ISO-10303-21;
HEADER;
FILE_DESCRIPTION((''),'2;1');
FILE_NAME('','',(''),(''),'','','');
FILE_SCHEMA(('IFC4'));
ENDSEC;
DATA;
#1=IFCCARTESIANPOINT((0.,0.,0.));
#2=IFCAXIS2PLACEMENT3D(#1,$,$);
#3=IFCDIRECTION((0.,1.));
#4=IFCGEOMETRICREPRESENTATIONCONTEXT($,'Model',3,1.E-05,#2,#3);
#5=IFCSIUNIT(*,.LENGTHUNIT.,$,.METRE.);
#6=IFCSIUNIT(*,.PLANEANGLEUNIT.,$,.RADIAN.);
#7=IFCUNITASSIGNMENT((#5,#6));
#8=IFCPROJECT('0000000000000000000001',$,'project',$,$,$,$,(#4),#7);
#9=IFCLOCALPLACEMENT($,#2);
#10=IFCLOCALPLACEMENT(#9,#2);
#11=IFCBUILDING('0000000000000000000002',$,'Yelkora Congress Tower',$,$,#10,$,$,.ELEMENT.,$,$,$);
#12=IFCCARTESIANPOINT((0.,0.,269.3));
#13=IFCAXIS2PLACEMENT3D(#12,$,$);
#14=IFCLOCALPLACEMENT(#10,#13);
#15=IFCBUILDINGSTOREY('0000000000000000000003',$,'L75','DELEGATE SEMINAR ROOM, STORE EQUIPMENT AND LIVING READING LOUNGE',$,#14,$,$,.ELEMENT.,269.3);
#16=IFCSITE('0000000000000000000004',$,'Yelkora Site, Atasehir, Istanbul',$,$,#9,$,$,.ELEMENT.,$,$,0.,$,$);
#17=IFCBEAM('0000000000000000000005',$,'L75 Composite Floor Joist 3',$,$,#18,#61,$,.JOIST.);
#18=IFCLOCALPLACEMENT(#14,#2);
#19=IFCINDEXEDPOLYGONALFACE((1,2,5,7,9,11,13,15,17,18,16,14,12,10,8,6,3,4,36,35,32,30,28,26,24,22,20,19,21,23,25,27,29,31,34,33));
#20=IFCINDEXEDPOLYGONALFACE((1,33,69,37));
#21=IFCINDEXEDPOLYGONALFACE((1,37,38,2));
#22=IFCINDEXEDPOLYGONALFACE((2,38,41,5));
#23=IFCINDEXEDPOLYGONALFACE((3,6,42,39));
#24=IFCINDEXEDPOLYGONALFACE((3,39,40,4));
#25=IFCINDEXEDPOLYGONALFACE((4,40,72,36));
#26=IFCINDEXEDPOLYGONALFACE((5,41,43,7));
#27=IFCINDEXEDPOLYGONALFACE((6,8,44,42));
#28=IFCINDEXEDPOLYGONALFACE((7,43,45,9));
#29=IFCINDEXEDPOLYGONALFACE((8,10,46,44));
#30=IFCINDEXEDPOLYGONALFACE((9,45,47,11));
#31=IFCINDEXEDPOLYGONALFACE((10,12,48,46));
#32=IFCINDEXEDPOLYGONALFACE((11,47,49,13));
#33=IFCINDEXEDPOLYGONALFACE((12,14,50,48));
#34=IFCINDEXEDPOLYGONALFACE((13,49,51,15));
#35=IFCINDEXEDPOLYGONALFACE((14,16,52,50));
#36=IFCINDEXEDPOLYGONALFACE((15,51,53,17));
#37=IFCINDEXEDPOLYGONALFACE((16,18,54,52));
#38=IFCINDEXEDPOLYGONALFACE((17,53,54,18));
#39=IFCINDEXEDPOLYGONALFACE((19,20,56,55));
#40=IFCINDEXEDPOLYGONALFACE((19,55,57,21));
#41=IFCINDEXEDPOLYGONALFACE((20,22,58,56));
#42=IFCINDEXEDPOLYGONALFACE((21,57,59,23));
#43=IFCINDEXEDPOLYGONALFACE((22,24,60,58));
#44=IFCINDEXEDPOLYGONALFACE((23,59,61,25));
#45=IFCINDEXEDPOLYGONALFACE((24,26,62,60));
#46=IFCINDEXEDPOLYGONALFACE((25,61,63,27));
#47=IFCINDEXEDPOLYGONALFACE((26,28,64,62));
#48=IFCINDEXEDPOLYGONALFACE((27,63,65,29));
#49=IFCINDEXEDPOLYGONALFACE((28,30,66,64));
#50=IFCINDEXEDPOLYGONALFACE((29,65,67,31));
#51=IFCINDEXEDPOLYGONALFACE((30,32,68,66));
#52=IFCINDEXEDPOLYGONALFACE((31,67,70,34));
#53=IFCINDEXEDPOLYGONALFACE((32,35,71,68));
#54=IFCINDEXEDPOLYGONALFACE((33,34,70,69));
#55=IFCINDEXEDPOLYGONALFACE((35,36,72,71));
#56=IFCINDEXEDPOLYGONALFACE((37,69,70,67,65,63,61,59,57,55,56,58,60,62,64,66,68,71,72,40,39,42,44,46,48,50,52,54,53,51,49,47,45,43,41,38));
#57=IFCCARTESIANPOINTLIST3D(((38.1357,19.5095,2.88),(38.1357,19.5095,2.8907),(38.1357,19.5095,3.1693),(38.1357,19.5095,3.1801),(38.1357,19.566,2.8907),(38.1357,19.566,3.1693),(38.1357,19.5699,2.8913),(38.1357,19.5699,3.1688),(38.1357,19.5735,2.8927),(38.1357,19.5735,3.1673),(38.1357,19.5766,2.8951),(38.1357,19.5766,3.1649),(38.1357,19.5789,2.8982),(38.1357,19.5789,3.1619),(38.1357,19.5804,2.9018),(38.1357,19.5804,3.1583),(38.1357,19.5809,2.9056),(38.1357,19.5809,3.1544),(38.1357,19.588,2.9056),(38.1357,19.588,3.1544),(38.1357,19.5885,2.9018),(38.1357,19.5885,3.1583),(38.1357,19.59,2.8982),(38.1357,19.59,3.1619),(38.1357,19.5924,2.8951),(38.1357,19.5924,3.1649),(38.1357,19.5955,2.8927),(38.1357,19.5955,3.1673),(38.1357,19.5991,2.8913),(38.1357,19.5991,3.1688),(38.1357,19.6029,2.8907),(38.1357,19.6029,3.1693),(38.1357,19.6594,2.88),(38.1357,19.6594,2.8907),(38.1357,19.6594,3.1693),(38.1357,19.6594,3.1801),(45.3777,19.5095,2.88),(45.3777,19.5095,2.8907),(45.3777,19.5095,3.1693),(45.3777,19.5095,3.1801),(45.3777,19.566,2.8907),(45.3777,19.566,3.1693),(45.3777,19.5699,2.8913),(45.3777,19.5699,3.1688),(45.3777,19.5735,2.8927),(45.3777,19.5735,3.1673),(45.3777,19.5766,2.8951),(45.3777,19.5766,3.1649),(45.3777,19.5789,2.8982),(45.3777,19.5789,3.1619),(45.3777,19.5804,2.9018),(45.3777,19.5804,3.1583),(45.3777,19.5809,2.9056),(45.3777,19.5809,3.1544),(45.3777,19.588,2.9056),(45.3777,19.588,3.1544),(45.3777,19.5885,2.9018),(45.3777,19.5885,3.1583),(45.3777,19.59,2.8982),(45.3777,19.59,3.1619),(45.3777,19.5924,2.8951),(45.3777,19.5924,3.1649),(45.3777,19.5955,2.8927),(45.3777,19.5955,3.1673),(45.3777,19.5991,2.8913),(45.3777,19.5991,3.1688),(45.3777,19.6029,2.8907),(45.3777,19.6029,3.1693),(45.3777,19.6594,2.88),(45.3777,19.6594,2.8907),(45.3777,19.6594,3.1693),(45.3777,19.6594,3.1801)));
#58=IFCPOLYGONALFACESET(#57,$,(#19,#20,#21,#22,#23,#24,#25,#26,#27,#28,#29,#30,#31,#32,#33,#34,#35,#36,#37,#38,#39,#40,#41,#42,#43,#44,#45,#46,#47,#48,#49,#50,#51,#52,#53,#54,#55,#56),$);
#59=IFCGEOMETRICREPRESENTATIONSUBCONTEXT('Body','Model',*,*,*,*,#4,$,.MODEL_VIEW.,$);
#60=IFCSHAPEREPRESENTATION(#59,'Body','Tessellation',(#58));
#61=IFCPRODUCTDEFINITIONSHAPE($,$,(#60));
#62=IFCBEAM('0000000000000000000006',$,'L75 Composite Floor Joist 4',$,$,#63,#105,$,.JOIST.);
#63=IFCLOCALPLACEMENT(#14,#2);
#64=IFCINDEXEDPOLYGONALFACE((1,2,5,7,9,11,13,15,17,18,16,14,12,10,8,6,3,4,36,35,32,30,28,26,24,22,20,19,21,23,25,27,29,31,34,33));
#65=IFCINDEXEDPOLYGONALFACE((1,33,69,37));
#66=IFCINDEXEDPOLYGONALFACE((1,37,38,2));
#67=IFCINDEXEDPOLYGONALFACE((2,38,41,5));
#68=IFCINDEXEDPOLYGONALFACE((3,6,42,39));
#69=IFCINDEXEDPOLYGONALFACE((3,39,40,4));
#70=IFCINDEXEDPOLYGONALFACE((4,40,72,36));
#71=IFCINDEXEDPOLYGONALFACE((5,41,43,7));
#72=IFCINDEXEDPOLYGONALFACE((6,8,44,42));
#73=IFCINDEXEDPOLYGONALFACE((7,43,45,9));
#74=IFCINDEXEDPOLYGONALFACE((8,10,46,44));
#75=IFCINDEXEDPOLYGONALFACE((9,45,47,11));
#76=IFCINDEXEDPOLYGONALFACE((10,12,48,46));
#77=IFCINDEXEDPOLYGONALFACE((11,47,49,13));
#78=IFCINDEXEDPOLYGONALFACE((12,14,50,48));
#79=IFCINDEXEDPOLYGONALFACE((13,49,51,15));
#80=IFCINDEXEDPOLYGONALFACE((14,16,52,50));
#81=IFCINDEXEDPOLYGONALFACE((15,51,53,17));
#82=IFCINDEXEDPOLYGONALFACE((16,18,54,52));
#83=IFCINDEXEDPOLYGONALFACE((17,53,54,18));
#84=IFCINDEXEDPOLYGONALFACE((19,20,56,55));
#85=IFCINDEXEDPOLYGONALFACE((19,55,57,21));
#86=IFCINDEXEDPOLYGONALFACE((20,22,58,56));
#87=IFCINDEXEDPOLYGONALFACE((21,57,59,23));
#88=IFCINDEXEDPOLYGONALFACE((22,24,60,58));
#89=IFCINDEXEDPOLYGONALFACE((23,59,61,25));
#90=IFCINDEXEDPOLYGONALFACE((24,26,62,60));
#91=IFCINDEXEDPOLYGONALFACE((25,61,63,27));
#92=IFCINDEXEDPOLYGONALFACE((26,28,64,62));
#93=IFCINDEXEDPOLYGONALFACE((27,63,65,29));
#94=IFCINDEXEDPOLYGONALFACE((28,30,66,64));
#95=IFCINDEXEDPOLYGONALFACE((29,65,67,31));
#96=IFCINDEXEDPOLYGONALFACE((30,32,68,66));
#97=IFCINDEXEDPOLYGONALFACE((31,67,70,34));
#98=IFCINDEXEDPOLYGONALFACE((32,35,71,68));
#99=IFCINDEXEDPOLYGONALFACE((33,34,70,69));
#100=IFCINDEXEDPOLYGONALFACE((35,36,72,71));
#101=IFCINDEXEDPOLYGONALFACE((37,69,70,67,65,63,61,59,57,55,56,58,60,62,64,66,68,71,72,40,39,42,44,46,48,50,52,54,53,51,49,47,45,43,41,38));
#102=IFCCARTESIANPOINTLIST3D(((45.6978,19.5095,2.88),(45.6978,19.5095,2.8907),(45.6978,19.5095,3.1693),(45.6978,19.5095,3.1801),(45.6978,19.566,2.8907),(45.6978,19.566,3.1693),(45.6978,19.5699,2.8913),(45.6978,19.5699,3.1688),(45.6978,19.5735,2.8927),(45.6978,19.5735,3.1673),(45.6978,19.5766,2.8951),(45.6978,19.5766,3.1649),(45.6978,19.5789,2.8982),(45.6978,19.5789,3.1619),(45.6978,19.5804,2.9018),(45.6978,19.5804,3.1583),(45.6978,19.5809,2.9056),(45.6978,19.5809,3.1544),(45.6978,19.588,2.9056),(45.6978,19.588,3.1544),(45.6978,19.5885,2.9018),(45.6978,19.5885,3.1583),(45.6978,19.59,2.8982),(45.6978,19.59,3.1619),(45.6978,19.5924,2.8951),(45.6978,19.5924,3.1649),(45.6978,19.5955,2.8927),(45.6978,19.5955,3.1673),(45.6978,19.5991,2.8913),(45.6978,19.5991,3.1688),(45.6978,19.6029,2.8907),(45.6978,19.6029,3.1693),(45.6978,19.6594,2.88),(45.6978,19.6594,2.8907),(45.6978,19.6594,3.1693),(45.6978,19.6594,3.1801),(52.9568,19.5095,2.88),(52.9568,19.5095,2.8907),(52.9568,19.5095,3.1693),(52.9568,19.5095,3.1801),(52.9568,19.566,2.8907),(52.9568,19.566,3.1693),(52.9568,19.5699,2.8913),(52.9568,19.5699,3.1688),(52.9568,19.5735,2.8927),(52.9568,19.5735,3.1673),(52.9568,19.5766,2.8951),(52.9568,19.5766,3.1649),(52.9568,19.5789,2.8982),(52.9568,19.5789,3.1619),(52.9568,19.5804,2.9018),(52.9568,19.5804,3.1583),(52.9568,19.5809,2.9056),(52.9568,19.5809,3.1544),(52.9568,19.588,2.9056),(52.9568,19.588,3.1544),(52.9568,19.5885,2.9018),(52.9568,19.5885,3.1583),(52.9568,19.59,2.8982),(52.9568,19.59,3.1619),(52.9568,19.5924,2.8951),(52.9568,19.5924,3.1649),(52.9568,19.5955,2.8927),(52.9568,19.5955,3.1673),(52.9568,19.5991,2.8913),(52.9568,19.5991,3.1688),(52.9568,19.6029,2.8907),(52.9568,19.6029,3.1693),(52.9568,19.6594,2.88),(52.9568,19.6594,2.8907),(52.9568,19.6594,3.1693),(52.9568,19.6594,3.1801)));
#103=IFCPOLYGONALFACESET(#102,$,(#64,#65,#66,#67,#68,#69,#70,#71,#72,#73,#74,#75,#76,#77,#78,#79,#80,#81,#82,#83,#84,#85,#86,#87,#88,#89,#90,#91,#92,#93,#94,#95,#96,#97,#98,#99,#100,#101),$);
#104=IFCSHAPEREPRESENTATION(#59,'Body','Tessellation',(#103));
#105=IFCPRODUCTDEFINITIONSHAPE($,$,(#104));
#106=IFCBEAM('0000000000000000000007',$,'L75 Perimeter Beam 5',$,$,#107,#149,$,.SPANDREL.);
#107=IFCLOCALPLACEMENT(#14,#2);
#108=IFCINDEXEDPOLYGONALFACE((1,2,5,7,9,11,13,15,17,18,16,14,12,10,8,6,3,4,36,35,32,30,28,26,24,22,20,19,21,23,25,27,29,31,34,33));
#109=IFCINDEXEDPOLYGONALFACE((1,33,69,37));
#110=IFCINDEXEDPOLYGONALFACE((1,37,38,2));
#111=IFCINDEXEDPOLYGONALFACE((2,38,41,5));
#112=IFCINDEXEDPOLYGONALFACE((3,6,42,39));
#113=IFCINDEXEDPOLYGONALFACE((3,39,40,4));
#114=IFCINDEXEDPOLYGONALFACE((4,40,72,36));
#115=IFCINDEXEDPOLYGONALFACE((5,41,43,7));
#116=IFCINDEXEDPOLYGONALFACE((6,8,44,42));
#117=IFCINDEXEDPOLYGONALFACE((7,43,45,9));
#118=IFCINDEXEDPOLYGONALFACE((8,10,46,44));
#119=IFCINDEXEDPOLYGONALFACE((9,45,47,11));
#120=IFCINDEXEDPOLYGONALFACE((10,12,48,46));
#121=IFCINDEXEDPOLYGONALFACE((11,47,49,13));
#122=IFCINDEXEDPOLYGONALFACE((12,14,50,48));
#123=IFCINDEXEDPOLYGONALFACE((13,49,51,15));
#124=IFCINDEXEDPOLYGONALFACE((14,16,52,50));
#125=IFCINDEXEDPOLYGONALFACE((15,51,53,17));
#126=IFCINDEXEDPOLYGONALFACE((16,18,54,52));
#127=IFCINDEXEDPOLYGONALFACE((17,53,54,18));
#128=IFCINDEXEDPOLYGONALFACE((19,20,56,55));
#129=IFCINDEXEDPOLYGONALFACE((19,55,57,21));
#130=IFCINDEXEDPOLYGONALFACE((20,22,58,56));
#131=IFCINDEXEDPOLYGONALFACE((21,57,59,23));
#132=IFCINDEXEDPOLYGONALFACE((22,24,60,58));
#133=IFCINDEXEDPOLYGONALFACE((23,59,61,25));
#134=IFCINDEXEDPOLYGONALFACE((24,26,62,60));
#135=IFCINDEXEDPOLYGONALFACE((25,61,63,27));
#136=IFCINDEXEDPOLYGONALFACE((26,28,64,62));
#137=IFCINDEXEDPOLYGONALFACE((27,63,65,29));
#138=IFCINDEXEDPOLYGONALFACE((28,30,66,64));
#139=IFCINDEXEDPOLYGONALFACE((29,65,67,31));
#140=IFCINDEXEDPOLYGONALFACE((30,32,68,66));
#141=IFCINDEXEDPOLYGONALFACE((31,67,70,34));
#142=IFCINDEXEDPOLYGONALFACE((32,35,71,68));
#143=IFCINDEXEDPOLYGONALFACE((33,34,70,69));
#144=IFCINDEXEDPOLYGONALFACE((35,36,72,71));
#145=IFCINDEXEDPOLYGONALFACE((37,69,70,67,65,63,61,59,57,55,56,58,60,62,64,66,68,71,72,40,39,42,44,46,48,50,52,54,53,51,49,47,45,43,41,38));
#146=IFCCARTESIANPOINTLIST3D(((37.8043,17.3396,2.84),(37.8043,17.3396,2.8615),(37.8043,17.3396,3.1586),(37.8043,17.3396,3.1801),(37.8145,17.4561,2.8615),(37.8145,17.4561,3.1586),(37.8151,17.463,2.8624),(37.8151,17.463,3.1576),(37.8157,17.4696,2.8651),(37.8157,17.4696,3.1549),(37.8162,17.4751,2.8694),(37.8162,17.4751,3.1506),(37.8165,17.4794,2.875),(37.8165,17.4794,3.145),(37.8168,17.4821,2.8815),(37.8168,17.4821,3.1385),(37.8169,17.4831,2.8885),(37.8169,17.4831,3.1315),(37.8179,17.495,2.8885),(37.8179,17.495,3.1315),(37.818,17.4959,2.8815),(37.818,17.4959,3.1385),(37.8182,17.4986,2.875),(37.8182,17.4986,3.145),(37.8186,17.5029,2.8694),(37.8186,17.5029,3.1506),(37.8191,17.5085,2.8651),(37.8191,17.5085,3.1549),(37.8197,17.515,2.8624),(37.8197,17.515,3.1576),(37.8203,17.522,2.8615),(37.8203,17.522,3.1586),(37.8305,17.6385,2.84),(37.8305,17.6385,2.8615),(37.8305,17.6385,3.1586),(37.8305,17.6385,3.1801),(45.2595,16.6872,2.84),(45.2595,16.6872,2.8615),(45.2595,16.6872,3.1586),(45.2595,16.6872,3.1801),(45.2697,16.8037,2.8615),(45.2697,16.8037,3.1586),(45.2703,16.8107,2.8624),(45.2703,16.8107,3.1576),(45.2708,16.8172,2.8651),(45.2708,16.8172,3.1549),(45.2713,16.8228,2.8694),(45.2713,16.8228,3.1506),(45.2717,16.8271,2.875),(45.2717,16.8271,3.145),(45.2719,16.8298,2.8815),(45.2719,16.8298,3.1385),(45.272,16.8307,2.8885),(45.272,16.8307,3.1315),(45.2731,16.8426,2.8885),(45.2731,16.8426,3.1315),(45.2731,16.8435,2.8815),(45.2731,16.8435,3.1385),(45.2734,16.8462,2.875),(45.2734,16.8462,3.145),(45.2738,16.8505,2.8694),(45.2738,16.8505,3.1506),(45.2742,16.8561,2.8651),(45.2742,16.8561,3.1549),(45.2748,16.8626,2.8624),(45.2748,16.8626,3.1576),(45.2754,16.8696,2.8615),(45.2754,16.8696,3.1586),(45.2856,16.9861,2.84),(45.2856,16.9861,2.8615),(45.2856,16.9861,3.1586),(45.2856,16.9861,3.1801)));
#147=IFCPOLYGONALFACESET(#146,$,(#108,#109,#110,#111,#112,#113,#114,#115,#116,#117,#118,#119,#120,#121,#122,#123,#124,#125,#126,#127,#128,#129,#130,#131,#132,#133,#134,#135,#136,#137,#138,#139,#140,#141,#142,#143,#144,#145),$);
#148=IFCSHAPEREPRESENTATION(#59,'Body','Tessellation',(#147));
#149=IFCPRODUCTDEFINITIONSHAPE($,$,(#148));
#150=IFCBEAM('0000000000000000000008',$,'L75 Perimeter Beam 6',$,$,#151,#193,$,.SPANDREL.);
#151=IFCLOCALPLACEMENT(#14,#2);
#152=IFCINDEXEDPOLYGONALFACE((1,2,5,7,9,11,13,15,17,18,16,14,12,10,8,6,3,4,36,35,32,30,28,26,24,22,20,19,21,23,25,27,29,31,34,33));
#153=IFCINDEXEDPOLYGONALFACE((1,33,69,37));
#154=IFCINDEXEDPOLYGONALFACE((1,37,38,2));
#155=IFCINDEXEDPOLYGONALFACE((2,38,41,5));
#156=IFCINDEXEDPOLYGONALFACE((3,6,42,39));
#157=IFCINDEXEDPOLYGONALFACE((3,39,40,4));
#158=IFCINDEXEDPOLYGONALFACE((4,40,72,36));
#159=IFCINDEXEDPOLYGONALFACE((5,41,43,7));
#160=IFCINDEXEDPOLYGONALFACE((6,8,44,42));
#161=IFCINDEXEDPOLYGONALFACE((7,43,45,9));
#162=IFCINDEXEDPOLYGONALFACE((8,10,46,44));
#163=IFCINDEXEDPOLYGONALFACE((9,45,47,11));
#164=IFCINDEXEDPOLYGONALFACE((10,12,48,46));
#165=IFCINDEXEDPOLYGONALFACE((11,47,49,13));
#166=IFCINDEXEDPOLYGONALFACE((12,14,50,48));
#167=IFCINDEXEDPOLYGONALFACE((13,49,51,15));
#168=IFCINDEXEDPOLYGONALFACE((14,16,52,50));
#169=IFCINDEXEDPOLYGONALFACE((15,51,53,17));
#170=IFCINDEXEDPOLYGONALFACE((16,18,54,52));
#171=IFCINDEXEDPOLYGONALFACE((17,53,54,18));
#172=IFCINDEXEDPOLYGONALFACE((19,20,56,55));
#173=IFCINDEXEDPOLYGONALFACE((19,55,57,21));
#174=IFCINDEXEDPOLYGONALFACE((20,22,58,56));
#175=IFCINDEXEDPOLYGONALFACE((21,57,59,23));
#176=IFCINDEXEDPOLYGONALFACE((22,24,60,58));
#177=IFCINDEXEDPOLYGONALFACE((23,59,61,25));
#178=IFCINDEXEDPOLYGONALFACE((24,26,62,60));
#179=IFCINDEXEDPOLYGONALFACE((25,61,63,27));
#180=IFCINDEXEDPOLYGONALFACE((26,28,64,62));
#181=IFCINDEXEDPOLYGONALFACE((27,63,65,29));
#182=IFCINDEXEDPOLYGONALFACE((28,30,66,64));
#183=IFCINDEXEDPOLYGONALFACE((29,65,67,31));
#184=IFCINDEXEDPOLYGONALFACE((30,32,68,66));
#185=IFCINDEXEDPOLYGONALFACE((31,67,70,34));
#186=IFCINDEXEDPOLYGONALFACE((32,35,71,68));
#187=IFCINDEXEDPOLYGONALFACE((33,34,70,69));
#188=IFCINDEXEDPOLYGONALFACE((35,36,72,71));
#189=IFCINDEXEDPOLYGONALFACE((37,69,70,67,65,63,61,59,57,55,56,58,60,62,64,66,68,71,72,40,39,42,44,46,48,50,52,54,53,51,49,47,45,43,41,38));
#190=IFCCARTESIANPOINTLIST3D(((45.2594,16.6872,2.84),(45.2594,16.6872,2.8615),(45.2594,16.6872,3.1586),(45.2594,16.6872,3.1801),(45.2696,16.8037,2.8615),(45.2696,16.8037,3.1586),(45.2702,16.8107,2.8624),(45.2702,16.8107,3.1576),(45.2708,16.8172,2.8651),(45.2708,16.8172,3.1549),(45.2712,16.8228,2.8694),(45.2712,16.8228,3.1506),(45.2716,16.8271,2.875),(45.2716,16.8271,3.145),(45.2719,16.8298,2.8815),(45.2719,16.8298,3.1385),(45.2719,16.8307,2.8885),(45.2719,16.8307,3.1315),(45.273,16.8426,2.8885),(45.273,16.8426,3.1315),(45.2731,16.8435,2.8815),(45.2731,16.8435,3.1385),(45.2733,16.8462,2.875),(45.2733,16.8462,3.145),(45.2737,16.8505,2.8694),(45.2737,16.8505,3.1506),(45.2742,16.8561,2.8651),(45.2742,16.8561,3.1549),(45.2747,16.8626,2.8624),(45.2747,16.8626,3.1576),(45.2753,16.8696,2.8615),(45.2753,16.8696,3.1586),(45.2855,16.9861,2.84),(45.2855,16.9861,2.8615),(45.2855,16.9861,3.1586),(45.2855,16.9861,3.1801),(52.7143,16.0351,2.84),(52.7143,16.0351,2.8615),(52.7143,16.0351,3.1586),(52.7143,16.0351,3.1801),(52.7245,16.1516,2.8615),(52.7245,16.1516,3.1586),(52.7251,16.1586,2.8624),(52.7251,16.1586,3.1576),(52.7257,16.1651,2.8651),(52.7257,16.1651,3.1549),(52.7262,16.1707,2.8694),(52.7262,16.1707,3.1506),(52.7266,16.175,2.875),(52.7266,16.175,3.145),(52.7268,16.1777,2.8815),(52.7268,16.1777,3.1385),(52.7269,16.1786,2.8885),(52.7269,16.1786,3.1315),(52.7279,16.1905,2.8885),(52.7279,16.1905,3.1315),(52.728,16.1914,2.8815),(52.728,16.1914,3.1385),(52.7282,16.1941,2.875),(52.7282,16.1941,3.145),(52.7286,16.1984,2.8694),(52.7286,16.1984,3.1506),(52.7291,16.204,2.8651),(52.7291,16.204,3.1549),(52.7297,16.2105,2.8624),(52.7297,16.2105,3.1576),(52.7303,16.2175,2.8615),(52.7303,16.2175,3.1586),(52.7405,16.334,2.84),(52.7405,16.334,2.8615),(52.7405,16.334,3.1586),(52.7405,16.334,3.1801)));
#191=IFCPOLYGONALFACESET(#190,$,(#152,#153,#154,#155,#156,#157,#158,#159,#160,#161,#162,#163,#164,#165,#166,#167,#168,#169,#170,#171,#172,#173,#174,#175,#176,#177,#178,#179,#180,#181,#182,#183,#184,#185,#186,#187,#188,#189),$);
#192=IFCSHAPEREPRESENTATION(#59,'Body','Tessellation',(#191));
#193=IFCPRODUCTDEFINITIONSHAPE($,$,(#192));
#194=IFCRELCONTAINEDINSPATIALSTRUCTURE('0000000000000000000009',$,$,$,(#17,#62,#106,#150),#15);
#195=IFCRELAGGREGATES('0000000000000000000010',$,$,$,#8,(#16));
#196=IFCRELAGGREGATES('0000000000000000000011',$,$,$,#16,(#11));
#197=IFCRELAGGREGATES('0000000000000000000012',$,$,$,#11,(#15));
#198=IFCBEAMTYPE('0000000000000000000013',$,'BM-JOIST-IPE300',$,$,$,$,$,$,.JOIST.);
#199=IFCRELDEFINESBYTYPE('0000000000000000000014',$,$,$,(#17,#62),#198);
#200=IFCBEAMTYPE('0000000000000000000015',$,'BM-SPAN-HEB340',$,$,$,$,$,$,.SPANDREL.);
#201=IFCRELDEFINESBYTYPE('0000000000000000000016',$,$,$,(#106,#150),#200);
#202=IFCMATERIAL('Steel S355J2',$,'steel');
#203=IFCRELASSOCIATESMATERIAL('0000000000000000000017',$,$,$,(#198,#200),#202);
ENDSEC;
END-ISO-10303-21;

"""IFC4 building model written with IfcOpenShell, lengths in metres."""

from ifc_helpers import new_model, si_unit, direction, frame, origin, origin_2d, place, context, subcontext, project, spatial, i_section, extrude, material, material_profile, profile_set, type_object, element, save


model = new_model("IFC4")

# Units and contexts
model_context = context("Model", 3, precision=1e-05, world=origin(), true_north=direction((0.0, 1.0)))
body_context = subcontext(model_context, "Body", "Model", "MODEL_VIEW")
ifc_project = project(units=[si_unit("LENGTHUNIT", "METRE"), si_unit("PLANEANGLEUNIT", "RADIAN")], contexts=[model_context])

# Site, building, storey
site_placement = place(None, origin())
site = spatial("IfcSite", under=ifc_project, at=site_placement, Name="Yelkora Site, Atasehir, Istanbul", CompositionType="ELEMENT", RefElevation=0.0)
building_placement = place(site_placement, origin())
building = spatial("IfcBuilding", under=site, at=building_placement, Name="Yelkora Congress Tower", CompositionType="ELEMENT")
storey_placement = place(building_placement, frame((0.0, 0.0, 269.3)))
storey = spatial("IfcBuildingStorey", under=building, at=storey_placement, Name="L75", Description="DELEGATE SEMINAR ROOM, STORE EQUIPMENT AND LIVING READING LOUNGE", CompositionType="ELEMENT", Elevation=269.3)

# Shared definitions
ifc_material_1 = material(Name="Steel S355J2", Category="steel")

# Beams
ifc_material_profile_1 = material_profile(ifc_material_1, i_section(OverallWidth=0.1499, OverallDepth=0.3, WebThickness=0.0071, FlangeThickness=0.0107, FilletRadius=0.0149, at=origin_2d()), Name="IPE 300")
ifc_profile_set_1 = profile_set([ifc_material_profile_1], Name="Steel S355J2")
beam_type_1 = type_object("IfcBeamType", Name="BM-JOIST-IPE300", PredefinedType="JOIST", material=ifc_profile_set_1)
beam_1_placement = place(storey_placement, frame((38.1357, 19.5845, 3.03), z_axis=(1.0, 0.0, 0.0), x_axis=(0.0, 1.0, 0.0)))
element("IfcBeam", 1, at=beam_1_placement, inside=storey, type_object=beam_type_1, Name="L75 Composite Floor Joist 3", PredefinedType="JOIST", context=body_context, shape_type="SweptSolid", body=[
    extrude(i_section(OverallWidth=0.1499, OverallDepth=0.3, WebThickness=0.0071, FlangeThickness=0.0107, FilletRadius=0.0149, at=origin_2d()), origin(), (0.0, 0.0, 1.0), 7.2419),
])
beam_2_placement = place(storey_placement, frame((45.6978, 19.5845, 3.03), z_axis=(1.0, 0.0, 0.0), x_axis=(0.0, 1.0, 0.0)))
element("IfcBeam", 2, at=beam_2_placement, inside=storey, type_object=beam_type_1, Name="L75 Composite Floor Joist 4", PredefinedType="JOIST", context=body_context, shape_type="SweptSolid", body=[
    extrude(i_section(OverallWidth=0.1499, OverallDepth=0.3, WebThickness=0.0071, FlangeThickness=0.0107, FilletRadius=0.0149, at=origin_2d()), origin(), (0.0, 0.0, 1.0), 7.259),
])
ifc_material_profile_2 = material_profile(ifc_material_1, i_section(OverallWidth=0.3, OverallDepth=0.3401, WebThickness=0.012, FlangeThickness=0.0215, FilletRadius=0.0271, at=origin_2d()), Name="HEB 340")
ifc_profile_set_2 = profile_set([ifc_material_profile_2], Name="Steel S355J2")
beam_type_2 = type_object("IfcBeamType", Name="BM-SPAN-HEB340", PredefinedType="SPANDREL", material=ifc_profile_set_2)
beam_3_placement = place(storey_placement, frame((37.8174, 17.489, 3.01), z_axis=(0.996193, -0.08717, 0.0), x_axis=(0.08717, 0.996193, 0.0)))
element("IfcBeam", 3, at=beam_3_placement, inside=storey, type_object=beam_type_2, Name="L75 Perimeter Beam 5", PredefinedType="SPANDREL", context=body_context, shape_type="SweptSolid", body=[
    extrude(i_section(OverallWidth=0.3, OverallDepth=0.3401, WebThickness=0.012, FlangeThickness=0.0215, FilletRadius=0.0271, at=origin_2d()), origin(), (0.0, 0.0, 1.0), 7.4836),
])
beam_4_placement = place(storey_placement, frame((45.2725, 16.8367, 3.01), z_axis=(0.996196, -0.087141, 0.0), x_axis=(0.087141, 0.996196, 0.0)))
element("IfcBeam", 4, at=beam_4_placement, inside=storey, type_object=beam_type_2, Name="L75 Perimeter Beam 6", PredefinedType="SPANDREL", context=body_context, shape_type="SweptSolid", body=[
    extrude(i_section(OverallWidth=0.3, OverallDepth=0.3401, WebThickness=0.012, FlangeThickness=0.0215, FilletRadius=0.0271, at=origin_2d()), origin(), (0.0, 0.0, 1.0), 7.4834),
])

save(model, "model.ifc")
